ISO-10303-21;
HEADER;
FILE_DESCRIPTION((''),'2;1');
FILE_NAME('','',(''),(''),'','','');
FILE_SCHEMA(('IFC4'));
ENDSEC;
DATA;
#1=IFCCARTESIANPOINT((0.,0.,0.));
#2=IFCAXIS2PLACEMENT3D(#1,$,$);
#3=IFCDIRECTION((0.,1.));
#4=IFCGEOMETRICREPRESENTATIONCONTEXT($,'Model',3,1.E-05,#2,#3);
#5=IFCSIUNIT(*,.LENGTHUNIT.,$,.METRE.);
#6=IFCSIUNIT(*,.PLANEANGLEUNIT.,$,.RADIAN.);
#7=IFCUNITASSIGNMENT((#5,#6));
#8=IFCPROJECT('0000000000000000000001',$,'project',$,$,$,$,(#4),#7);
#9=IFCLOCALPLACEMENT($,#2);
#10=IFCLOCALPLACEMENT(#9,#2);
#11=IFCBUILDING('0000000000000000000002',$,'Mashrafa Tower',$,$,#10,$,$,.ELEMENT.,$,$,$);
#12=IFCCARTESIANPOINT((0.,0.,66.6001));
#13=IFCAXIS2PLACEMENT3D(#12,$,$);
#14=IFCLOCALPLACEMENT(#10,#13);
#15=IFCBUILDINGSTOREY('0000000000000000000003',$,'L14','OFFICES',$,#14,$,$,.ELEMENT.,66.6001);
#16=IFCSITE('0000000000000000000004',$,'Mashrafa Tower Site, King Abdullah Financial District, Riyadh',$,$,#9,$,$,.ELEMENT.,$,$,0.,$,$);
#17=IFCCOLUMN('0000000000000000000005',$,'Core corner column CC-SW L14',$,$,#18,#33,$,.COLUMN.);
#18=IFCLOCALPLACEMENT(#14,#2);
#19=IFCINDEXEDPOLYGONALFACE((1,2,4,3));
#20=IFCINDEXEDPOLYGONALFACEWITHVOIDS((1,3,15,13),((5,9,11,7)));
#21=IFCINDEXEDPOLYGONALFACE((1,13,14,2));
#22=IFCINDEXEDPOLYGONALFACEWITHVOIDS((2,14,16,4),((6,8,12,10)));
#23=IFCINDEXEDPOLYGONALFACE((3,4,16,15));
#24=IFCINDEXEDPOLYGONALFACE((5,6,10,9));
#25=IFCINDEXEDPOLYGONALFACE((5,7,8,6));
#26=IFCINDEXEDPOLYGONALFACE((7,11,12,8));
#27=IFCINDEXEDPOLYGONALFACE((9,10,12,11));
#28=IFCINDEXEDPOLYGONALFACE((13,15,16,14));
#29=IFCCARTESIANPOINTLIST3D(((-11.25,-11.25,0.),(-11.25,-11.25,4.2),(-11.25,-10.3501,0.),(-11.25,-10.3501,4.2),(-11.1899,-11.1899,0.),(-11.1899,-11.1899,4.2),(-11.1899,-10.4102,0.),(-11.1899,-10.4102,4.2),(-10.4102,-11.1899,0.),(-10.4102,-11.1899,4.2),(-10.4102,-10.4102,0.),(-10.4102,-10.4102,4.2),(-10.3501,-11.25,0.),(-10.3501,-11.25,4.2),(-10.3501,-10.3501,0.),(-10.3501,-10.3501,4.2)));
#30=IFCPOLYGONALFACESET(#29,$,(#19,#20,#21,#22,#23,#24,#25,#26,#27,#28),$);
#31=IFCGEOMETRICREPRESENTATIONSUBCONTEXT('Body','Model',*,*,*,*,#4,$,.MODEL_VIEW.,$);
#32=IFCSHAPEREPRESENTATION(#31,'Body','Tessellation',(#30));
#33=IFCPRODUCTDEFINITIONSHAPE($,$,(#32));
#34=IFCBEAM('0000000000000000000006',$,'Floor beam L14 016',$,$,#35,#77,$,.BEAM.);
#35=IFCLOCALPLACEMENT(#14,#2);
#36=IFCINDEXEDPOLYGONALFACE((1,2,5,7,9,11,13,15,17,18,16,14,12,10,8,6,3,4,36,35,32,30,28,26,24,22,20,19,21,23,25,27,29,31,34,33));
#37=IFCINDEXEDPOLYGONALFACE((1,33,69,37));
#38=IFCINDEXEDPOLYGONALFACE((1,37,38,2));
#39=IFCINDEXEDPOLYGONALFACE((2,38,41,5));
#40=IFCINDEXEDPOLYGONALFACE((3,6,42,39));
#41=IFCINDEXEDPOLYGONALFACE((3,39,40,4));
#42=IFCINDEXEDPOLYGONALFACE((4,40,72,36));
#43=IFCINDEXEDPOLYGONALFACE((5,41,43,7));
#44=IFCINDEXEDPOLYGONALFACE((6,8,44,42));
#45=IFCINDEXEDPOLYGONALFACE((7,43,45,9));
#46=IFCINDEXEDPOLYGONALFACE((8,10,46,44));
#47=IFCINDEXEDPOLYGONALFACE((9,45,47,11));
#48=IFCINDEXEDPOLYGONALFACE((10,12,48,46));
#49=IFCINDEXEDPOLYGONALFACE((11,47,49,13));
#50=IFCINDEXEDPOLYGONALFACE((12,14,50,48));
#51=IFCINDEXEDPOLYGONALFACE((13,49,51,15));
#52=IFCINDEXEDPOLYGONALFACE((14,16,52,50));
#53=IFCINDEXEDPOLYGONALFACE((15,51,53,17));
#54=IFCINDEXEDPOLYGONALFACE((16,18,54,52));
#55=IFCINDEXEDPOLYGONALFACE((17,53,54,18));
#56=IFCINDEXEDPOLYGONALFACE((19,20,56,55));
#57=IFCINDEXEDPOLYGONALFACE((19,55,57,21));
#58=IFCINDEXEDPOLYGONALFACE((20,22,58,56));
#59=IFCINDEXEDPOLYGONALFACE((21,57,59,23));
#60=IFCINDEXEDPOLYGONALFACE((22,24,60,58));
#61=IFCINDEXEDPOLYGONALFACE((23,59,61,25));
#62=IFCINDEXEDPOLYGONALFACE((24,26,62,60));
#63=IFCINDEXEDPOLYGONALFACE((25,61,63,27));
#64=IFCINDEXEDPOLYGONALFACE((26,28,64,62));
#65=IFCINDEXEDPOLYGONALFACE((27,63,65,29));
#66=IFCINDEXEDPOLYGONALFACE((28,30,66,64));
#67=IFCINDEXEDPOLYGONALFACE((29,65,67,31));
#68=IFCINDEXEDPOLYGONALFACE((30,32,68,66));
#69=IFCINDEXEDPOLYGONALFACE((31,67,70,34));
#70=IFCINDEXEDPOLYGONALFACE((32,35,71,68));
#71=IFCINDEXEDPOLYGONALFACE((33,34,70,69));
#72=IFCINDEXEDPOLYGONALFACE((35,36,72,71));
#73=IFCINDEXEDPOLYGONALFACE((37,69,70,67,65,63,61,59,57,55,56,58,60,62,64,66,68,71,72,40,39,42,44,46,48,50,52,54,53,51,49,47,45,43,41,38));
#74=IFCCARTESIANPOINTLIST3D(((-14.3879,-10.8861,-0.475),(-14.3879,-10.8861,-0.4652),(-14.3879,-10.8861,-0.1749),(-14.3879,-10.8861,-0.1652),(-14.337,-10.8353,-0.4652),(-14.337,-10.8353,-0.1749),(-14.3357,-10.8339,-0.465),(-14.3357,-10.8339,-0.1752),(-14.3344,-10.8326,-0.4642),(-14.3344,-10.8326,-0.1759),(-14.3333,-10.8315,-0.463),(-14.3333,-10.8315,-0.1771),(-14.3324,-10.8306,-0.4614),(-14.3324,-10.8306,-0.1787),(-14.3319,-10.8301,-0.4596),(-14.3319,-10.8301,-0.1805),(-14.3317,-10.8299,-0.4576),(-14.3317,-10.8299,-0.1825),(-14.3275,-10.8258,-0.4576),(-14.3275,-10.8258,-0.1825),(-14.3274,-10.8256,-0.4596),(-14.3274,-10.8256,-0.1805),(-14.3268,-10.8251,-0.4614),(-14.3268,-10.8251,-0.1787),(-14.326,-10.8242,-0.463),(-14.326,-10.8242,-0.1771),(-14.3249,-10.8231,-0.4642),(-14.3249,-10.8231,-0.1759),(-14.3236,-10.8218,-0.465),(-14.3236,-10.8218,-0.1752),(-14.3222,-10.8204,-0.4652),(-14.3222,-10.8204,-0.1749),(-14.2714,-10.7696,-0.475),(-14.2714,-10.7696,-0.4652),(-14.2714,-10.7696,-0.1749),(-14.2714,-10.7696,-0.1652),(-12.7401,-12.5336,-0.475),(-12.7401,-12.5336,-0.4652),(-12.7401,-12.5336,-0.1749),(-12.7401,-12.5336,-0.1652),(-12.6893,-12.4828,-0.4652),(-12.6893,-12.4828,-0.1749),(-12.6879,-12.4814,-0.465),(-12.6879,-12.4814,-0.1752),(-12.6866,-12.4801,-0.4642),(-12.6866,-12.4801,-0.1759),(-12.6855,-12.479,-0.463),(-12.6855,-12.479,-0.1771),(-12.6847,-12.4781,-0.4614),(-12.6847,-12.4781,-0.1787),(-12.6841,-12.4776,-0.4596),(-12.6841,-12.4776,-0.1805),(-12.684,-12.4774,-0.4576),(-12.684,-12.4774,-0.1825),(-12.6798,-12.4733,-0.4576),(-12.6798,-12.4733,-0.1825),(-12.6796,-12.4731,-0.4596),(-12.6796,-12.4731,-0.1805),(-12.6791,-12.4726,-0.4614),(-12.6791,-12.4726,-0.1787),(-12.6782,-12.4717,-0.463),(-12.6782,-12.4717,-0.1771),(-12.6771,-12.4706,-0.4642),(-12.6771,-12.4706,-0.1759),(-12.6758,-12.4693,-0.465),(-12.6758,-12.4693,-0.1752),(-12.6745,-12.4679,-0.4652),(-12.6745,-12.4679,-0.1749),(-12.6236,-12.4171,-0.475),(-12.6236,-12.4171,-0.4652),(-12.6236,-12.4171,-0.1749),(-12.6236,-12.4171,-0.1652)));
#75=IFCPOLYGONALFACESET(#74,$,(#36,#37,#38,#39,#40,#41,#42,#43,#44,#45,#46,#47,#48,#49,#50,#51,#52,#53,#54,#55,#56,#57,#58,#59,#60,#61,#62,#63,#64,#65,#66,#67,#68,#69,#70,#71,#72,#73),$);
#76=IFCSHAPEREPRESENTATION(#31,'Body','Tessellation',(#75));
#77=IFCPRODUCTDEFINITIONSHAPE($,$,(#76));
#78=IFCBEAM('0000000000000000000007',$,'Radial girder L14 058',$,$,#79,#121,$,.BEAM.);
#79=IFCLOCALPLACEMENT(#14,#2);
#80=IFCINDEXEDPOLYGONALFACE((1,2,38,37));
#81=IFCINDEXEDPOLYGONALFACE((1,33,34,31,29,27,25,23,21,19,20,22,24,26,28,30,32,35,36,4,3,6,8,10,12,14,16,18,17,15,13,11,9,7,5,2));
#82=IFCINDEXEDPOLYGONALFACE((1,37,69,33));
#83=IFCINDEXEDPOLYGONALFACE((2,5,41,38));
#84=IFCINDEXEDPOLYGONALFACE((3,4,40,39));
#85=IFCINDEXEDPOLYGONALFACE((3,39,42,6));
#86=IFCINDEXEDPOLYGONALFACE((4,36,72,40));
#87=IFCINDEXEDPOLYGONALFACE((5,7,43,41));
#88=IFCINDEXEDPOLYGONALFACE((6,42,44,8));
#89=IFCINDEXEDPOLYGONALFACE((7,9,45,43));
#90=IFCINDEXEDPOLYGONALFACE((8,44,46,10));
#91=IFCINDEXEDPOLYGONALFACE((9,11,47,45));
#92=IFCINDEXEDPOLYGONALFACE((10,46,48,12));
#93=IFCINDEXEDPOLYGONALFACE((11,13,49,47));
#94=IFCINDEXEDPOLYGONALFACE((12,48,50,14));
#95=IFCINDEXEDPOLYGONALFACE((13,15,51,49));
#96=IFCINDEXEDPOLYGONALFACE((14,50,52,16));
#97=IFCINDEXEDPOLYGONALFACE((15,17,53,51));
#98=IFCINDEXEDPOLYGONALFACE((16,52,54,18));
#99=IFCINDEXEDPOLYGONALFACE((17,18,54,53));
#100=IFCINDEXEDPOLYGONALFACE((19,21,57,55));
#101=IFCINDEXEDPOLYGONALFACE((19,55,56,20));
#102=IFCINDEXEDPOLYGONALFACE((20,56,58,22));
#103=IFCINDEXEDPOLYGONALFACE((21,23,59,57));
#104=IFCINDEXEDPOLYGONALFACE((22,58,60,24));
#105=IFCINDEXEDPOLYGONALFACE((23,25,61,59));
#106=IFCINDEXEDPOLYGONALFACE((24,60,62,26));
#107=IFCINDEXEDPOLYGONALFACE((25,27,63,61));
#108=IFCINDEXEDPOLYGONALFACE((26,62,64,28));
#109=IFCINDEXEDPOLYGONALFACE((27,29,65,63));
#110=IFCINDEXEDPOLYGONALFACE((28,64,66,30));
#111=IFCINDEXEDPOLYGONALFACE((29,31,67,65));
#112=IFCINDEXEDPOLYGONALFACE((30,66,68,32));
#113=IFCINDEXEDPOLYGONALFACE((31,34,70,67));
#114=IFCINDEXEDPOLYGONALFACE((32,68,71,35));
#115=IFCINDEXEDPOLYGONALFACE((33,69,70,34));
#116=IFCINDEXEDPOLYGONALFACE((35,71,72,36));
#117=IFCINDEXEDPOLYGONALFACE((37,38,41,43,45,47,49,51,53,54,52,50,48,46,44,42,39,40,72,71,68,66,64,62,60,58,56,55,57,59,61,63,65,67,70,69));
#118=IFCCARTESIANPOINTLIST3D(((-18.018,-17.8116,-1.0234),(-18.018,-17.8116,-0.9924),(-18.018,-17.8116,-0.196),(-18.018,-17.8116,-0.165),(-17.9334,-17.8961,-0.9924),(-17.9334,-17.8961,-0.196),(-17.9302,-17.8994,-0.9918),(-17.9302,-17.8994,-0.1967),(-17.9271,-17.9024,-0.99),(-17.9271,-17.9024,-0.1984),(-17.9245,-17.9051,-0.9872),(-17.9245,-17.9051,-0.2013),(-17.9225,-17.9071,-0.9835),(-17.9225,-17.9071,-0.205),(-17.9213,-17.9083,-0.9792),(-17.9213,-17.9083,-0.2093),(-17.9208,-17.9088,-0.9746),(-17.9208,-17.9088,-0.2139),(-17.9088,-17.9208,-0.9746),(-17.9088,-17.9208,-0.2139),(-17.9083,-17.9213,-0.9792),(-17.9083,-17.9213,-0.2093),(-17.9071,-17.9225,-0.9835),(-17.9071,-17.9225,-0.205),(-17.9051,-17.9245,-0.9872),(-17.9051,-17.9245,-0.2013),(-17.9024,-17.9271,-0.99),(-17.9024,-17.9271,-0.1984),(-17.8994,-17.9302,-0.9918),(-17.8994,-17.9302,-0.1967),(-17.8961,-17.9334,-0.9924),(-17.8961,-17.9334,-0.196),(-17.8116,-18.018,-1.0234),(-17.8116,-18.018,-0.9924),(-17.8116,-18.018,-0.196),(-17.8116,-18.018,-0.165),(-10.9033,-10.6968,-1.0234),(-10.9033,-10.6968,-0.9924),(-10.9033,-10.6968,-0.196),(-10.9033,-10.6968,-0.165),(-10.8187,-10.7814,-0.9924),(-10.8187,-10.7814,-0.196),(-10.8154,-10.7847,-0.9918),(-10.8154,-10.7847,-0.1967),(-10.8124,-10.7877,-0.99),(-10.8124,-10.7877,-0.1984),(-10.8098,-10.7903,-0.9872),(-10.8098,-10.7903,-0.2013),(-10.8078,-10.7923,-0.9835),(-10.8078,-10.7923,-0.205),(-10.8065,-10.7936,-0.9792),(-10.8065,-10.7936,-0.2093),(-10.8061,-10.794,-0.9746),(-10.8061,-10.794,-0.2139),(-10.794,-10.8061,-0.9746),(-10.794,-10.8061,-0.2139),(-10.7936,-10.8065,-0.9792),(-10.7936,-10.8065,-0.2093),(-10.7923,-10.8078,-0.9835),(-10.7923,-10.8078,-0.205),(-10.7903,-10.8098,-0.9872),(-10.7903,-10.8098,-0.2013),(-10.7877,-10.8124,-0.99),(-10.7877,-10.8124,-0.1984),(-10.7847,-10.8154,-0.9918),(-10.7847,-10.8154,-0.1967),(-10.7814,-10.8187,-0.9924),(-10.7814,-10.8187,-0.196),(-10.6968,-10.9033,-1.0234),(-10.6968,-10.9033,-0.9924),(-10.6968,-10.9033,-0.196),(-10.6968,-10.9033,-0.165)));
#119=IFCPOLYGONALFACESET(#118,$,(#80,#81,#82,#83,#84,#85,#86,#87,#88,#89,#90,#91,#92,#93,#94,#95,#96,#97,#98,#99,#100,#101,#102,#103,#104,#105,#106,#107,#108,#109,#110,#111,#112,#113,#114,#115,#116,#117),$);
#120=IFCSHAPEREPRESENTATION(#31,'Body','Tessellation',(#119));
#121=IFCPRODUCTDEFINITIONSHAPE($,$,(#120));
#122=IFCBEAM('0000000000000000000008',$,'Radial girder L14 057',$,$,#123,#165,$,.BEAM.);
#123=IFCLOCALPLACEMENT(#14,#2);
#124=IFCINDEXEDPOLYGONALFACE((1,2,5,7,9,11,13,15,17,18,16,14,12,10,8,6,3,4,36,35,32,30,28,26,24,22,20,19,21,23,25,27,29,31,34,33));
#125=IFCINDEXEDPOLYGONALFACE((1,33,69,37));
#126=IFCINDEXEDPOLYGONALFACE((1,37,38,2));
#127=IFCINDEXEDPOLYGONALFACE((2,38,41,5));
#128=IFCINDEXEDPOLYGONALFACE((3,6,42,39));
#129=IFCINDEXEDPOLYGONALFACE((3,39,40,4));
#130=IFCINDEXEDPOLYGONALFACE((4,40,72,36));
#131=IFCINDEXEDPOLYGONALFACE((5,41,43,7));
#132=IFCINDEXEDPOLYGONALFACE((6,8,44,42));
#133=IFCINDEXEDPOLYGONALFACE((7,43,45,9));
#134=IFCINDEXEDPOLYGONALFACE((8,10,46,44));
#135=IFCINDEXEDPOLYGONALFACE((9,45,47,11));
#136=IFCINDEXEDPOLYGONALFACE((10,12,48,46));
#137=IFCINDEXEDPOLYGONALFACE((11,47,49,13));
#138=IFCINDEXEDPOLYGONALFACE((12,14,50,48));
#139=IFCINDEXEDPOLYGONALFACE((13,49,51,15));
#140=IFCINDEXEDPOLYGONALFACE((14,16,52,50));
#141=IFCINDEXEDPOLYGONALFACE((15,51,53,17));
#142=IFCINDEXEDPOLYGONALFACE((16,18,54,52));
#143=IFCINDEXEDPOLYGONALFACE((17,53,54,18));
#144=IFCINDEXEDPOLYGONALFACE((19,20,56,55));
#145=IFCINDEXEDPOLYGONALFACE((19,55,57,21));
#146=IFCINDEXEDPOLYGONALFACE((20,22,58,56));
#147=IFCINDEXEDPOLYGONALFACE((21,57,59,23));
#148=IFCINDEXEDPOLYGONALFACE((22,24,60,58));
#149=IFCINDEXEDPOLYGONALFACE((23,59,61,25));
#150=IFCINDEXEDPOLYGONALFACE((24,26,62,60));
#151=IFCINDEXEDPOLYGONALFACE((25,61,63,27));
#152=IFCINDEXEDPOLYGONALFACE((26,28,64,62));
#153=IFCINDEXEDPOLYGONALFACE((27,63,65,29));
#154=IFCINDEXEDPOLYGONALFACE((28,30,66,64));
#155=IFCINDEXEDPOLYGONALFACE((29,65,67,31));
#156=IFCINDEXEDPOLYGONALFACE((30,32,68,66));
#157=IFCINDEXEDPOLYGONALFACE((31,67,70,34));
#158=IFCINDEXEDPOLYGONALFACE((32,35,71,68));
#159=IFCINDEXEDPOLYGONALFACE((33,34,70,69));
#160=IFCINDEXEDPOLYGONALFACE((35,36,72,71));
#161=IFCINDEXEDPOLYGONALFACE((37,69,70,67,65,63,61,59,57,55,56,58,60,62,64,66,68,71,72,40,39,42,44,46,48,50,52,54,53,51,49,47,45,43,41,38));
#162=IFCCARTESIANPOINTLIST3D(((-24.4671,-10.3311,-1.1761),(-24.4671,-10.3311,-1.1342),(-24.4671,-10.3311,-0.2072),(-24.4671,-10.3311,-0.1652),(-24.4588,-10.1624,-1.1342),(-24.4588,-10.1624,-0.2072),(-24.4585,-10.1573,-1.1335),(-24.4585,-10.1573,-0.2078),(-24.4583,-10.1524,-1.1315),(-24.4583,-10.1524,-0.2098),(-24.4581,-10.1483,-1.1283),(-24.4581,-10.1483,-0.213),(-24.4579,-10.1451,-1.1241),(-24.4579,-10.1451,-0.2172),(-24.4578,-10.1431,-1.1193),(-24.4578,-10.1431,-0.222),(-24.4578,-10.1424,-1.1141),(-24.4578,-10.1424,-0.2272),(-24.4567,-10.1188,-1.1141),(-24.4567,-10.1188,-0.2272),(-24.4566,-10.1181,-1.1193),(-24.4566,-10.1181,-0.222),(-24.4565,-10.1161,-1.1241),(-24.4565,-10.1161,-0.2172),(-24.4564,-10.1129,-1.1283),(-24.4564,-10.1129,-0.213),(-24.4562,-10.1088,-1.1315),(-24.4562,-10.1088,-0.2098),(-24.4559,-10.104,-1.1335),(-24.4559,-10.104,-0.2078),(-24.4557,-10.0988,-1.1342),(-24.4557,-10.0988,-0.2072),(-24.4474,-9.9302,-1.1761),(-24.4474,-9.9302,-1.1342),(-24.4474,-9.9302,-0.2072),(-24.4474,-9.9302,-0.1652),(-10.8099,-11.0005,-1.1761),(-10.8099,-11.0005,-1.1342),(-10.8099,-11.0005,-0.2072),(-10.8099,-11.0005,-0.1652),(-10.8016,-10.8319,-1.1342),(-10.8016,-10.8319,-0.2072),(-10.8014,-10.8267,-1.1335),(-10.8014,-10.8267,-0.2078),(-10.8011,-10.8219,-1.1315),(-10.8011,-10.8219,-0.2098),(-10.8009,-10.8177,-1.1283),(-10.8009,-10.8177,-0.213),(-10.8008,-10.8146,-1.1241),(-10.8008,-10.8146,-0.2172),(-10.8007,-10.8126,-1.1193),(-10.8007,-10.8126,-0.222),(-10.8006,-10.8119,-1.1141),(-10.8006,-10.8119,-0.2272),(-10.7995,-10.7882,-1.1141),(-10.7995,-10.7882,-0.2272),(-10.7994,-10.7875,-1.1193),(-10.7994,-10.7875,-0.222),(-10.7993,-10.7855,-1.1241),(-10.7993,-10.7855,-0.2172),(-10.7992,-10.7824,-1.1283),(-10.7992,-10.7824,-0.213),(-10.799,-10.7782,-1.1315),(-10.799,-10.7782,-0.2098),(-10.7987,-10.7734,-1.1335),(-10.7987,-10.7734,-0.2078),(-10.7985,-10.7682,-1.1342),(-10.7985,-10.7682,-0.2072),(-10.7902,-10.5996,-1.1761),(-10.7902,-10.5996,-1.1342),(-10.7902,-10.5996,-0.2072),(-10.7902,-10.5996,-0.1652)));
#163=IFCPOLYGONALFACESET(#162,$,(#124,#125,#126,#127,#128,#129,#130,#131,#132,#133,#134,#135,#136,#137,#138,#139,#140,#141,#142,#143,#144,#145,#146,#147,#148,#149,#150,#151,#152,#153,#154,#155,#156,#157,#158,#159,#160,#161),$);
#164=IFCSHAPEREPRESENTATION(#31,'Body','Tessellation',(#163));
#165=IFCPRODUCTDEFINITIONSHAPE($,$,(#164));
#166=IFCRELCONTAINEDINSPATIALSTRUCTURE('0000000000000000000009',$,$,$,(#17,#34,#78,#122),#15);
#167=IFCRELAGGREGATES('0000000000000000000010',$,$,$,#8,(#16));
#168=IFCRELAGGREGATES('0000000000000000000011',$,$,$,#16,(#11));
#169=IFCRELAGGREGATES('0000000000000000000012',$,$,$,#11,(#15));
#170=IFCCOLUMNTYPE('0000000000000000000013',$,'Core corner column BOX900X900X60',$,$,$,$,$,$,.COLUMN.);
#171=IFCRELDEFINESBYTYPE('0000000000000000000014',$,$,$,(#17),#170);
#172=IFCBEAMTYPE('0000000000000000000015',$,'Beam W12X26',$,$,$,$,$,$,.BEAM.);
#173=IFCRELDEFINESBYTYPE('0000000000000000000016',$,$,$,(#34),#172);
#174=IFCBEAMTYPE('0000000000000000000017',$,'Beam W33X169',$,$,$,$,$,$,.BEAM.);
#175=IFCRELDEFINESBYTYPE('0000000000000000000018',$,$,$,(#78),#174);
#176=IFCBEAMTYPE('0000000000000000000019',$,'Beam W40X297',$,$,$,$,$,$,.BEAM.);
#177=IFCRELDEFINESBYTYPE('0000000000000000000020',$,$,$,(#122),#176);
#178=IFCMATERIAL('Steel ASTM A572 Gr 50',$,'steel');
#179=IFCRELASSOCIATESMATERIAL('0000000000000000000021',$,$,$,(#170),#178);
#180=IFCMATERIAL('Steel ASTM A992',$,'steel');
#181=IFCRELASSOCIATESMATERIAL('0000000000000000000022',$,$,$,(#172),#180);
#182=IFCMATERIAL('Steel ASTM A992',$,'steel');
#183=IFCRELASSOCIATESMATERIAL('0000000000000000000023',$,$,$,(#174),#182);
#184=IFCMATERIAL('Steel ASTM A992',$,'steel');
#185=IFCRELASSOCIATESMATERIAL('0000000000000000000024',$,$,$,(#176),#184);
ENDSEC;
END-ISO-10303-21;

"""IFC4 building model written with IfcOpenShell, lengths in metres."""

from ifc_helpers import new_model, si_unit, direction, frame, origin, origin_2d, place, context, subcontext, project, spatial, hollow_rectangle, i_section, extrude, material, material_profile, profile_set, type_object, element, save


model = new_model("IFC4")

# Units and contexts
model_context = context("Model", 3, precision=1e-05, world=origin(), true_north=direction((0.0, 1.0)))
body_context = subcontext(model_context, "Body", "Model", "MODEL_VIEW")
ifc_project = project(units=[si_unit("LENGTHUNIT", "METRE"), si_unit("PLANEANGLEUNIT", "RADIAN")], contexts=[model_context])

# Site, building, storey
site_placement = place(None, origin())
site = spatial("IfcSite", under=ifc_project, at=site_placement, Name="Mashrafa Tower Site, King Abdullah Financial District, Riyadh", CompositionType="ELEMENT", RefElevation=0.0)
building_placement = place(site_placement, origin())
building = spatial("IfcBuilding", under=site, at=building_placement, Name="Mashrafa Tower", CompositionType="ELEMENT")
storey_placement = place(building_placement, frame((0.0, 0.0, 66.6001)))
storey = spatial("IfcBuildingStorey", under=building, at=storey_placement, Name="L14", Description="OFFICES", CompositionType="ELEMENT", Elevation=66.6001)

# Column
ifc_material_1 = material(Name="Steel ASTM A572 Gr 50", Category="steel")
ifc_material_profile_1 = material_profile(ifc_material_1, hollow_rectangle(XDim=0.8999, YDim=0.8999, WallThickness=0.0601, at=origin_2d()), Name="BOX900X900X60")
ifc_profile_set_1 = profile_set([ifc_material_profile_1], Name="Steel ASTM A572 Gr 50")
column_type = type_object("IfcColumnType", Name="Core corner column BOX900X900X60", PredefinedType="COLUMN", material=ifc_profile_set_1)
column_placement = place(storey_placement, frame((-10.8, -10.8, 0.0), z_axis=(0.0, 0.0, 1.0), x_axis=(1.0, 0.0, 0.0)))
element("IfcColumn", 1, at=column_placement, inside=storey, type_object=column_type, Name="Core corner column CC-SW L14", PredefinedType="COLUMN", context=body_context, shape_type="SweptSolid", body=[
    extrude(hollow_rectangle(XDim=0.8999, YDim=0.8999, WallThickness=0.0601, at=origin_2d()), origin(), (0.0, 0.0, 1.0), 4.2),
])

# Beams
ifc_material_2 = material(Name="Steel ASTM A992", Category="steel")
ifc_material_profile_2 = material_profile(ifc_material_2, i_section(OverallWidth=0.1648, OverallDepth=0.3098, WebThickness=0.0059, FlangeThickness=0.0098, FilletRadius=0.0076, at=origin_2d()), Name="W12X26")
ifc_profile_set_2 = profile_set([ifc_material_profile_2], Name="Steel ASTM A992")
beam_type_1 = type_object("IfcBeamType", Name="Beam W12X26", PredefinedType="BEAM", material=ifc_profile_set_2)
beam_1_placement = place(storey_placement, frame((-12.6819, -12.4753, -0.3201), z_axis=(-0.707159, 0.707054, 0.0), x_axis=(-0.707054, -0.707159, 0.0)))
element("IfcBeam", 2, at=beam_1_placement, inside=storey, type_object=beam_type_1, Name="Floor beam L14 016", PredefinedType="BEAM", context=body_context, shape_type="SweptSolid", body=[
    extrude(i_section(OverallWidth=0.1648, OverallDepth=0.3098, WebThickness=0.0059, FlangeThickness=0.0098, FilletRadius=0.0076, at=origin_2d()), origin(), (0.0, 0.0, 1.0), 2.3301),
])
ifc_material_3 = material(Name="Steel ASTM A992", Category="steel")
ifc_material_profile_3 = material_profile(ifc_material_3, i_section(OverallWidth=0.292, OverallDepth=0.8584, WebThickness=0.0171, FlangeThickness=0.031, FilletRadius=0.0178, at=origin_2d()), Name="W33X169")
ifc_profile_set_3 = profile_set([ifc_material_profile_3], Name="Steel ASTM A992")
beam_type_2 = type_object("IfcBeamType", Name="Beam W33X169", PredefinedType="BEAM", material=ifc_profile_set_3)
beam_2_placement = place(storey_placement, frame((-10.8, -10.8, -0.5942), z_axis=(-0.707107, -0.707107, 0.0), x_axis=(0.707107, -0.707107, 0.0)))
element("IfcBeam", 3, at=beam_2_placement, inside=storey, type_object=beam_type_2, Name="Radial girder L14 058", PredefinedType="BEAM", context=body_context, shape_type="SweptSolid", body=[
    extrude(i_section(OverallWidth=0.292, OverallDepth=0.8584, WebThickness=0.0171, FlangeThickness=0.031, FilletRadius=0.0178, at=origin_2d()), origin(), (0.0, 0.0, 1.0), 10.0618),
])
ifc_material_4 = material(Name="Steel ASTM A992", Category="steel")
ifc_material_profile_4 = material_profile(ifc_material_4, i_section(OverallWidth=0.4014, OverallDepth=1.011, WebThickness=0.0237, FlangeThickness=0.042, FilletRadius=0.02, at=origin_2d()), Name="W40X297")
ifc_profile_set_4 = profile_set([ifc_material_profile_4], Name="Steel ASTM A992")
beam_type_3 = type_object("IfcBeamType", Name="Beam W40X297", PredefinedType="BEAM", material=ifc_profile_set_4)
for number, where, z_axis, x_axis, name in (
    (4, (-10.8, -10.8, -0.6707), (-0.998801, 0.048958, 0.0), (-0.048958, -0.998801, 0.0), "Radial girder L14 057"),
):
    element("IfcBeam", number, at=place(storey_placement, frame(where, z_axis=z_axis, x_axis=x_axis)), inside=storey, type_object=beam_type_3, Name=name, PredefinedType="BEAM", context=body_context, shape_type="SweptSolid", body=[
        extrude(i_section(OverallWidth=0.4014, OverallDepth=1.011, WebThickness=0.0237, FlangeThickness=0.042, FilletRadius=0.02, at=origin_2d()), origin(), (0.0, 0.0, 1.0), 13.6736),
    ])

save(model, "model.ifc")
